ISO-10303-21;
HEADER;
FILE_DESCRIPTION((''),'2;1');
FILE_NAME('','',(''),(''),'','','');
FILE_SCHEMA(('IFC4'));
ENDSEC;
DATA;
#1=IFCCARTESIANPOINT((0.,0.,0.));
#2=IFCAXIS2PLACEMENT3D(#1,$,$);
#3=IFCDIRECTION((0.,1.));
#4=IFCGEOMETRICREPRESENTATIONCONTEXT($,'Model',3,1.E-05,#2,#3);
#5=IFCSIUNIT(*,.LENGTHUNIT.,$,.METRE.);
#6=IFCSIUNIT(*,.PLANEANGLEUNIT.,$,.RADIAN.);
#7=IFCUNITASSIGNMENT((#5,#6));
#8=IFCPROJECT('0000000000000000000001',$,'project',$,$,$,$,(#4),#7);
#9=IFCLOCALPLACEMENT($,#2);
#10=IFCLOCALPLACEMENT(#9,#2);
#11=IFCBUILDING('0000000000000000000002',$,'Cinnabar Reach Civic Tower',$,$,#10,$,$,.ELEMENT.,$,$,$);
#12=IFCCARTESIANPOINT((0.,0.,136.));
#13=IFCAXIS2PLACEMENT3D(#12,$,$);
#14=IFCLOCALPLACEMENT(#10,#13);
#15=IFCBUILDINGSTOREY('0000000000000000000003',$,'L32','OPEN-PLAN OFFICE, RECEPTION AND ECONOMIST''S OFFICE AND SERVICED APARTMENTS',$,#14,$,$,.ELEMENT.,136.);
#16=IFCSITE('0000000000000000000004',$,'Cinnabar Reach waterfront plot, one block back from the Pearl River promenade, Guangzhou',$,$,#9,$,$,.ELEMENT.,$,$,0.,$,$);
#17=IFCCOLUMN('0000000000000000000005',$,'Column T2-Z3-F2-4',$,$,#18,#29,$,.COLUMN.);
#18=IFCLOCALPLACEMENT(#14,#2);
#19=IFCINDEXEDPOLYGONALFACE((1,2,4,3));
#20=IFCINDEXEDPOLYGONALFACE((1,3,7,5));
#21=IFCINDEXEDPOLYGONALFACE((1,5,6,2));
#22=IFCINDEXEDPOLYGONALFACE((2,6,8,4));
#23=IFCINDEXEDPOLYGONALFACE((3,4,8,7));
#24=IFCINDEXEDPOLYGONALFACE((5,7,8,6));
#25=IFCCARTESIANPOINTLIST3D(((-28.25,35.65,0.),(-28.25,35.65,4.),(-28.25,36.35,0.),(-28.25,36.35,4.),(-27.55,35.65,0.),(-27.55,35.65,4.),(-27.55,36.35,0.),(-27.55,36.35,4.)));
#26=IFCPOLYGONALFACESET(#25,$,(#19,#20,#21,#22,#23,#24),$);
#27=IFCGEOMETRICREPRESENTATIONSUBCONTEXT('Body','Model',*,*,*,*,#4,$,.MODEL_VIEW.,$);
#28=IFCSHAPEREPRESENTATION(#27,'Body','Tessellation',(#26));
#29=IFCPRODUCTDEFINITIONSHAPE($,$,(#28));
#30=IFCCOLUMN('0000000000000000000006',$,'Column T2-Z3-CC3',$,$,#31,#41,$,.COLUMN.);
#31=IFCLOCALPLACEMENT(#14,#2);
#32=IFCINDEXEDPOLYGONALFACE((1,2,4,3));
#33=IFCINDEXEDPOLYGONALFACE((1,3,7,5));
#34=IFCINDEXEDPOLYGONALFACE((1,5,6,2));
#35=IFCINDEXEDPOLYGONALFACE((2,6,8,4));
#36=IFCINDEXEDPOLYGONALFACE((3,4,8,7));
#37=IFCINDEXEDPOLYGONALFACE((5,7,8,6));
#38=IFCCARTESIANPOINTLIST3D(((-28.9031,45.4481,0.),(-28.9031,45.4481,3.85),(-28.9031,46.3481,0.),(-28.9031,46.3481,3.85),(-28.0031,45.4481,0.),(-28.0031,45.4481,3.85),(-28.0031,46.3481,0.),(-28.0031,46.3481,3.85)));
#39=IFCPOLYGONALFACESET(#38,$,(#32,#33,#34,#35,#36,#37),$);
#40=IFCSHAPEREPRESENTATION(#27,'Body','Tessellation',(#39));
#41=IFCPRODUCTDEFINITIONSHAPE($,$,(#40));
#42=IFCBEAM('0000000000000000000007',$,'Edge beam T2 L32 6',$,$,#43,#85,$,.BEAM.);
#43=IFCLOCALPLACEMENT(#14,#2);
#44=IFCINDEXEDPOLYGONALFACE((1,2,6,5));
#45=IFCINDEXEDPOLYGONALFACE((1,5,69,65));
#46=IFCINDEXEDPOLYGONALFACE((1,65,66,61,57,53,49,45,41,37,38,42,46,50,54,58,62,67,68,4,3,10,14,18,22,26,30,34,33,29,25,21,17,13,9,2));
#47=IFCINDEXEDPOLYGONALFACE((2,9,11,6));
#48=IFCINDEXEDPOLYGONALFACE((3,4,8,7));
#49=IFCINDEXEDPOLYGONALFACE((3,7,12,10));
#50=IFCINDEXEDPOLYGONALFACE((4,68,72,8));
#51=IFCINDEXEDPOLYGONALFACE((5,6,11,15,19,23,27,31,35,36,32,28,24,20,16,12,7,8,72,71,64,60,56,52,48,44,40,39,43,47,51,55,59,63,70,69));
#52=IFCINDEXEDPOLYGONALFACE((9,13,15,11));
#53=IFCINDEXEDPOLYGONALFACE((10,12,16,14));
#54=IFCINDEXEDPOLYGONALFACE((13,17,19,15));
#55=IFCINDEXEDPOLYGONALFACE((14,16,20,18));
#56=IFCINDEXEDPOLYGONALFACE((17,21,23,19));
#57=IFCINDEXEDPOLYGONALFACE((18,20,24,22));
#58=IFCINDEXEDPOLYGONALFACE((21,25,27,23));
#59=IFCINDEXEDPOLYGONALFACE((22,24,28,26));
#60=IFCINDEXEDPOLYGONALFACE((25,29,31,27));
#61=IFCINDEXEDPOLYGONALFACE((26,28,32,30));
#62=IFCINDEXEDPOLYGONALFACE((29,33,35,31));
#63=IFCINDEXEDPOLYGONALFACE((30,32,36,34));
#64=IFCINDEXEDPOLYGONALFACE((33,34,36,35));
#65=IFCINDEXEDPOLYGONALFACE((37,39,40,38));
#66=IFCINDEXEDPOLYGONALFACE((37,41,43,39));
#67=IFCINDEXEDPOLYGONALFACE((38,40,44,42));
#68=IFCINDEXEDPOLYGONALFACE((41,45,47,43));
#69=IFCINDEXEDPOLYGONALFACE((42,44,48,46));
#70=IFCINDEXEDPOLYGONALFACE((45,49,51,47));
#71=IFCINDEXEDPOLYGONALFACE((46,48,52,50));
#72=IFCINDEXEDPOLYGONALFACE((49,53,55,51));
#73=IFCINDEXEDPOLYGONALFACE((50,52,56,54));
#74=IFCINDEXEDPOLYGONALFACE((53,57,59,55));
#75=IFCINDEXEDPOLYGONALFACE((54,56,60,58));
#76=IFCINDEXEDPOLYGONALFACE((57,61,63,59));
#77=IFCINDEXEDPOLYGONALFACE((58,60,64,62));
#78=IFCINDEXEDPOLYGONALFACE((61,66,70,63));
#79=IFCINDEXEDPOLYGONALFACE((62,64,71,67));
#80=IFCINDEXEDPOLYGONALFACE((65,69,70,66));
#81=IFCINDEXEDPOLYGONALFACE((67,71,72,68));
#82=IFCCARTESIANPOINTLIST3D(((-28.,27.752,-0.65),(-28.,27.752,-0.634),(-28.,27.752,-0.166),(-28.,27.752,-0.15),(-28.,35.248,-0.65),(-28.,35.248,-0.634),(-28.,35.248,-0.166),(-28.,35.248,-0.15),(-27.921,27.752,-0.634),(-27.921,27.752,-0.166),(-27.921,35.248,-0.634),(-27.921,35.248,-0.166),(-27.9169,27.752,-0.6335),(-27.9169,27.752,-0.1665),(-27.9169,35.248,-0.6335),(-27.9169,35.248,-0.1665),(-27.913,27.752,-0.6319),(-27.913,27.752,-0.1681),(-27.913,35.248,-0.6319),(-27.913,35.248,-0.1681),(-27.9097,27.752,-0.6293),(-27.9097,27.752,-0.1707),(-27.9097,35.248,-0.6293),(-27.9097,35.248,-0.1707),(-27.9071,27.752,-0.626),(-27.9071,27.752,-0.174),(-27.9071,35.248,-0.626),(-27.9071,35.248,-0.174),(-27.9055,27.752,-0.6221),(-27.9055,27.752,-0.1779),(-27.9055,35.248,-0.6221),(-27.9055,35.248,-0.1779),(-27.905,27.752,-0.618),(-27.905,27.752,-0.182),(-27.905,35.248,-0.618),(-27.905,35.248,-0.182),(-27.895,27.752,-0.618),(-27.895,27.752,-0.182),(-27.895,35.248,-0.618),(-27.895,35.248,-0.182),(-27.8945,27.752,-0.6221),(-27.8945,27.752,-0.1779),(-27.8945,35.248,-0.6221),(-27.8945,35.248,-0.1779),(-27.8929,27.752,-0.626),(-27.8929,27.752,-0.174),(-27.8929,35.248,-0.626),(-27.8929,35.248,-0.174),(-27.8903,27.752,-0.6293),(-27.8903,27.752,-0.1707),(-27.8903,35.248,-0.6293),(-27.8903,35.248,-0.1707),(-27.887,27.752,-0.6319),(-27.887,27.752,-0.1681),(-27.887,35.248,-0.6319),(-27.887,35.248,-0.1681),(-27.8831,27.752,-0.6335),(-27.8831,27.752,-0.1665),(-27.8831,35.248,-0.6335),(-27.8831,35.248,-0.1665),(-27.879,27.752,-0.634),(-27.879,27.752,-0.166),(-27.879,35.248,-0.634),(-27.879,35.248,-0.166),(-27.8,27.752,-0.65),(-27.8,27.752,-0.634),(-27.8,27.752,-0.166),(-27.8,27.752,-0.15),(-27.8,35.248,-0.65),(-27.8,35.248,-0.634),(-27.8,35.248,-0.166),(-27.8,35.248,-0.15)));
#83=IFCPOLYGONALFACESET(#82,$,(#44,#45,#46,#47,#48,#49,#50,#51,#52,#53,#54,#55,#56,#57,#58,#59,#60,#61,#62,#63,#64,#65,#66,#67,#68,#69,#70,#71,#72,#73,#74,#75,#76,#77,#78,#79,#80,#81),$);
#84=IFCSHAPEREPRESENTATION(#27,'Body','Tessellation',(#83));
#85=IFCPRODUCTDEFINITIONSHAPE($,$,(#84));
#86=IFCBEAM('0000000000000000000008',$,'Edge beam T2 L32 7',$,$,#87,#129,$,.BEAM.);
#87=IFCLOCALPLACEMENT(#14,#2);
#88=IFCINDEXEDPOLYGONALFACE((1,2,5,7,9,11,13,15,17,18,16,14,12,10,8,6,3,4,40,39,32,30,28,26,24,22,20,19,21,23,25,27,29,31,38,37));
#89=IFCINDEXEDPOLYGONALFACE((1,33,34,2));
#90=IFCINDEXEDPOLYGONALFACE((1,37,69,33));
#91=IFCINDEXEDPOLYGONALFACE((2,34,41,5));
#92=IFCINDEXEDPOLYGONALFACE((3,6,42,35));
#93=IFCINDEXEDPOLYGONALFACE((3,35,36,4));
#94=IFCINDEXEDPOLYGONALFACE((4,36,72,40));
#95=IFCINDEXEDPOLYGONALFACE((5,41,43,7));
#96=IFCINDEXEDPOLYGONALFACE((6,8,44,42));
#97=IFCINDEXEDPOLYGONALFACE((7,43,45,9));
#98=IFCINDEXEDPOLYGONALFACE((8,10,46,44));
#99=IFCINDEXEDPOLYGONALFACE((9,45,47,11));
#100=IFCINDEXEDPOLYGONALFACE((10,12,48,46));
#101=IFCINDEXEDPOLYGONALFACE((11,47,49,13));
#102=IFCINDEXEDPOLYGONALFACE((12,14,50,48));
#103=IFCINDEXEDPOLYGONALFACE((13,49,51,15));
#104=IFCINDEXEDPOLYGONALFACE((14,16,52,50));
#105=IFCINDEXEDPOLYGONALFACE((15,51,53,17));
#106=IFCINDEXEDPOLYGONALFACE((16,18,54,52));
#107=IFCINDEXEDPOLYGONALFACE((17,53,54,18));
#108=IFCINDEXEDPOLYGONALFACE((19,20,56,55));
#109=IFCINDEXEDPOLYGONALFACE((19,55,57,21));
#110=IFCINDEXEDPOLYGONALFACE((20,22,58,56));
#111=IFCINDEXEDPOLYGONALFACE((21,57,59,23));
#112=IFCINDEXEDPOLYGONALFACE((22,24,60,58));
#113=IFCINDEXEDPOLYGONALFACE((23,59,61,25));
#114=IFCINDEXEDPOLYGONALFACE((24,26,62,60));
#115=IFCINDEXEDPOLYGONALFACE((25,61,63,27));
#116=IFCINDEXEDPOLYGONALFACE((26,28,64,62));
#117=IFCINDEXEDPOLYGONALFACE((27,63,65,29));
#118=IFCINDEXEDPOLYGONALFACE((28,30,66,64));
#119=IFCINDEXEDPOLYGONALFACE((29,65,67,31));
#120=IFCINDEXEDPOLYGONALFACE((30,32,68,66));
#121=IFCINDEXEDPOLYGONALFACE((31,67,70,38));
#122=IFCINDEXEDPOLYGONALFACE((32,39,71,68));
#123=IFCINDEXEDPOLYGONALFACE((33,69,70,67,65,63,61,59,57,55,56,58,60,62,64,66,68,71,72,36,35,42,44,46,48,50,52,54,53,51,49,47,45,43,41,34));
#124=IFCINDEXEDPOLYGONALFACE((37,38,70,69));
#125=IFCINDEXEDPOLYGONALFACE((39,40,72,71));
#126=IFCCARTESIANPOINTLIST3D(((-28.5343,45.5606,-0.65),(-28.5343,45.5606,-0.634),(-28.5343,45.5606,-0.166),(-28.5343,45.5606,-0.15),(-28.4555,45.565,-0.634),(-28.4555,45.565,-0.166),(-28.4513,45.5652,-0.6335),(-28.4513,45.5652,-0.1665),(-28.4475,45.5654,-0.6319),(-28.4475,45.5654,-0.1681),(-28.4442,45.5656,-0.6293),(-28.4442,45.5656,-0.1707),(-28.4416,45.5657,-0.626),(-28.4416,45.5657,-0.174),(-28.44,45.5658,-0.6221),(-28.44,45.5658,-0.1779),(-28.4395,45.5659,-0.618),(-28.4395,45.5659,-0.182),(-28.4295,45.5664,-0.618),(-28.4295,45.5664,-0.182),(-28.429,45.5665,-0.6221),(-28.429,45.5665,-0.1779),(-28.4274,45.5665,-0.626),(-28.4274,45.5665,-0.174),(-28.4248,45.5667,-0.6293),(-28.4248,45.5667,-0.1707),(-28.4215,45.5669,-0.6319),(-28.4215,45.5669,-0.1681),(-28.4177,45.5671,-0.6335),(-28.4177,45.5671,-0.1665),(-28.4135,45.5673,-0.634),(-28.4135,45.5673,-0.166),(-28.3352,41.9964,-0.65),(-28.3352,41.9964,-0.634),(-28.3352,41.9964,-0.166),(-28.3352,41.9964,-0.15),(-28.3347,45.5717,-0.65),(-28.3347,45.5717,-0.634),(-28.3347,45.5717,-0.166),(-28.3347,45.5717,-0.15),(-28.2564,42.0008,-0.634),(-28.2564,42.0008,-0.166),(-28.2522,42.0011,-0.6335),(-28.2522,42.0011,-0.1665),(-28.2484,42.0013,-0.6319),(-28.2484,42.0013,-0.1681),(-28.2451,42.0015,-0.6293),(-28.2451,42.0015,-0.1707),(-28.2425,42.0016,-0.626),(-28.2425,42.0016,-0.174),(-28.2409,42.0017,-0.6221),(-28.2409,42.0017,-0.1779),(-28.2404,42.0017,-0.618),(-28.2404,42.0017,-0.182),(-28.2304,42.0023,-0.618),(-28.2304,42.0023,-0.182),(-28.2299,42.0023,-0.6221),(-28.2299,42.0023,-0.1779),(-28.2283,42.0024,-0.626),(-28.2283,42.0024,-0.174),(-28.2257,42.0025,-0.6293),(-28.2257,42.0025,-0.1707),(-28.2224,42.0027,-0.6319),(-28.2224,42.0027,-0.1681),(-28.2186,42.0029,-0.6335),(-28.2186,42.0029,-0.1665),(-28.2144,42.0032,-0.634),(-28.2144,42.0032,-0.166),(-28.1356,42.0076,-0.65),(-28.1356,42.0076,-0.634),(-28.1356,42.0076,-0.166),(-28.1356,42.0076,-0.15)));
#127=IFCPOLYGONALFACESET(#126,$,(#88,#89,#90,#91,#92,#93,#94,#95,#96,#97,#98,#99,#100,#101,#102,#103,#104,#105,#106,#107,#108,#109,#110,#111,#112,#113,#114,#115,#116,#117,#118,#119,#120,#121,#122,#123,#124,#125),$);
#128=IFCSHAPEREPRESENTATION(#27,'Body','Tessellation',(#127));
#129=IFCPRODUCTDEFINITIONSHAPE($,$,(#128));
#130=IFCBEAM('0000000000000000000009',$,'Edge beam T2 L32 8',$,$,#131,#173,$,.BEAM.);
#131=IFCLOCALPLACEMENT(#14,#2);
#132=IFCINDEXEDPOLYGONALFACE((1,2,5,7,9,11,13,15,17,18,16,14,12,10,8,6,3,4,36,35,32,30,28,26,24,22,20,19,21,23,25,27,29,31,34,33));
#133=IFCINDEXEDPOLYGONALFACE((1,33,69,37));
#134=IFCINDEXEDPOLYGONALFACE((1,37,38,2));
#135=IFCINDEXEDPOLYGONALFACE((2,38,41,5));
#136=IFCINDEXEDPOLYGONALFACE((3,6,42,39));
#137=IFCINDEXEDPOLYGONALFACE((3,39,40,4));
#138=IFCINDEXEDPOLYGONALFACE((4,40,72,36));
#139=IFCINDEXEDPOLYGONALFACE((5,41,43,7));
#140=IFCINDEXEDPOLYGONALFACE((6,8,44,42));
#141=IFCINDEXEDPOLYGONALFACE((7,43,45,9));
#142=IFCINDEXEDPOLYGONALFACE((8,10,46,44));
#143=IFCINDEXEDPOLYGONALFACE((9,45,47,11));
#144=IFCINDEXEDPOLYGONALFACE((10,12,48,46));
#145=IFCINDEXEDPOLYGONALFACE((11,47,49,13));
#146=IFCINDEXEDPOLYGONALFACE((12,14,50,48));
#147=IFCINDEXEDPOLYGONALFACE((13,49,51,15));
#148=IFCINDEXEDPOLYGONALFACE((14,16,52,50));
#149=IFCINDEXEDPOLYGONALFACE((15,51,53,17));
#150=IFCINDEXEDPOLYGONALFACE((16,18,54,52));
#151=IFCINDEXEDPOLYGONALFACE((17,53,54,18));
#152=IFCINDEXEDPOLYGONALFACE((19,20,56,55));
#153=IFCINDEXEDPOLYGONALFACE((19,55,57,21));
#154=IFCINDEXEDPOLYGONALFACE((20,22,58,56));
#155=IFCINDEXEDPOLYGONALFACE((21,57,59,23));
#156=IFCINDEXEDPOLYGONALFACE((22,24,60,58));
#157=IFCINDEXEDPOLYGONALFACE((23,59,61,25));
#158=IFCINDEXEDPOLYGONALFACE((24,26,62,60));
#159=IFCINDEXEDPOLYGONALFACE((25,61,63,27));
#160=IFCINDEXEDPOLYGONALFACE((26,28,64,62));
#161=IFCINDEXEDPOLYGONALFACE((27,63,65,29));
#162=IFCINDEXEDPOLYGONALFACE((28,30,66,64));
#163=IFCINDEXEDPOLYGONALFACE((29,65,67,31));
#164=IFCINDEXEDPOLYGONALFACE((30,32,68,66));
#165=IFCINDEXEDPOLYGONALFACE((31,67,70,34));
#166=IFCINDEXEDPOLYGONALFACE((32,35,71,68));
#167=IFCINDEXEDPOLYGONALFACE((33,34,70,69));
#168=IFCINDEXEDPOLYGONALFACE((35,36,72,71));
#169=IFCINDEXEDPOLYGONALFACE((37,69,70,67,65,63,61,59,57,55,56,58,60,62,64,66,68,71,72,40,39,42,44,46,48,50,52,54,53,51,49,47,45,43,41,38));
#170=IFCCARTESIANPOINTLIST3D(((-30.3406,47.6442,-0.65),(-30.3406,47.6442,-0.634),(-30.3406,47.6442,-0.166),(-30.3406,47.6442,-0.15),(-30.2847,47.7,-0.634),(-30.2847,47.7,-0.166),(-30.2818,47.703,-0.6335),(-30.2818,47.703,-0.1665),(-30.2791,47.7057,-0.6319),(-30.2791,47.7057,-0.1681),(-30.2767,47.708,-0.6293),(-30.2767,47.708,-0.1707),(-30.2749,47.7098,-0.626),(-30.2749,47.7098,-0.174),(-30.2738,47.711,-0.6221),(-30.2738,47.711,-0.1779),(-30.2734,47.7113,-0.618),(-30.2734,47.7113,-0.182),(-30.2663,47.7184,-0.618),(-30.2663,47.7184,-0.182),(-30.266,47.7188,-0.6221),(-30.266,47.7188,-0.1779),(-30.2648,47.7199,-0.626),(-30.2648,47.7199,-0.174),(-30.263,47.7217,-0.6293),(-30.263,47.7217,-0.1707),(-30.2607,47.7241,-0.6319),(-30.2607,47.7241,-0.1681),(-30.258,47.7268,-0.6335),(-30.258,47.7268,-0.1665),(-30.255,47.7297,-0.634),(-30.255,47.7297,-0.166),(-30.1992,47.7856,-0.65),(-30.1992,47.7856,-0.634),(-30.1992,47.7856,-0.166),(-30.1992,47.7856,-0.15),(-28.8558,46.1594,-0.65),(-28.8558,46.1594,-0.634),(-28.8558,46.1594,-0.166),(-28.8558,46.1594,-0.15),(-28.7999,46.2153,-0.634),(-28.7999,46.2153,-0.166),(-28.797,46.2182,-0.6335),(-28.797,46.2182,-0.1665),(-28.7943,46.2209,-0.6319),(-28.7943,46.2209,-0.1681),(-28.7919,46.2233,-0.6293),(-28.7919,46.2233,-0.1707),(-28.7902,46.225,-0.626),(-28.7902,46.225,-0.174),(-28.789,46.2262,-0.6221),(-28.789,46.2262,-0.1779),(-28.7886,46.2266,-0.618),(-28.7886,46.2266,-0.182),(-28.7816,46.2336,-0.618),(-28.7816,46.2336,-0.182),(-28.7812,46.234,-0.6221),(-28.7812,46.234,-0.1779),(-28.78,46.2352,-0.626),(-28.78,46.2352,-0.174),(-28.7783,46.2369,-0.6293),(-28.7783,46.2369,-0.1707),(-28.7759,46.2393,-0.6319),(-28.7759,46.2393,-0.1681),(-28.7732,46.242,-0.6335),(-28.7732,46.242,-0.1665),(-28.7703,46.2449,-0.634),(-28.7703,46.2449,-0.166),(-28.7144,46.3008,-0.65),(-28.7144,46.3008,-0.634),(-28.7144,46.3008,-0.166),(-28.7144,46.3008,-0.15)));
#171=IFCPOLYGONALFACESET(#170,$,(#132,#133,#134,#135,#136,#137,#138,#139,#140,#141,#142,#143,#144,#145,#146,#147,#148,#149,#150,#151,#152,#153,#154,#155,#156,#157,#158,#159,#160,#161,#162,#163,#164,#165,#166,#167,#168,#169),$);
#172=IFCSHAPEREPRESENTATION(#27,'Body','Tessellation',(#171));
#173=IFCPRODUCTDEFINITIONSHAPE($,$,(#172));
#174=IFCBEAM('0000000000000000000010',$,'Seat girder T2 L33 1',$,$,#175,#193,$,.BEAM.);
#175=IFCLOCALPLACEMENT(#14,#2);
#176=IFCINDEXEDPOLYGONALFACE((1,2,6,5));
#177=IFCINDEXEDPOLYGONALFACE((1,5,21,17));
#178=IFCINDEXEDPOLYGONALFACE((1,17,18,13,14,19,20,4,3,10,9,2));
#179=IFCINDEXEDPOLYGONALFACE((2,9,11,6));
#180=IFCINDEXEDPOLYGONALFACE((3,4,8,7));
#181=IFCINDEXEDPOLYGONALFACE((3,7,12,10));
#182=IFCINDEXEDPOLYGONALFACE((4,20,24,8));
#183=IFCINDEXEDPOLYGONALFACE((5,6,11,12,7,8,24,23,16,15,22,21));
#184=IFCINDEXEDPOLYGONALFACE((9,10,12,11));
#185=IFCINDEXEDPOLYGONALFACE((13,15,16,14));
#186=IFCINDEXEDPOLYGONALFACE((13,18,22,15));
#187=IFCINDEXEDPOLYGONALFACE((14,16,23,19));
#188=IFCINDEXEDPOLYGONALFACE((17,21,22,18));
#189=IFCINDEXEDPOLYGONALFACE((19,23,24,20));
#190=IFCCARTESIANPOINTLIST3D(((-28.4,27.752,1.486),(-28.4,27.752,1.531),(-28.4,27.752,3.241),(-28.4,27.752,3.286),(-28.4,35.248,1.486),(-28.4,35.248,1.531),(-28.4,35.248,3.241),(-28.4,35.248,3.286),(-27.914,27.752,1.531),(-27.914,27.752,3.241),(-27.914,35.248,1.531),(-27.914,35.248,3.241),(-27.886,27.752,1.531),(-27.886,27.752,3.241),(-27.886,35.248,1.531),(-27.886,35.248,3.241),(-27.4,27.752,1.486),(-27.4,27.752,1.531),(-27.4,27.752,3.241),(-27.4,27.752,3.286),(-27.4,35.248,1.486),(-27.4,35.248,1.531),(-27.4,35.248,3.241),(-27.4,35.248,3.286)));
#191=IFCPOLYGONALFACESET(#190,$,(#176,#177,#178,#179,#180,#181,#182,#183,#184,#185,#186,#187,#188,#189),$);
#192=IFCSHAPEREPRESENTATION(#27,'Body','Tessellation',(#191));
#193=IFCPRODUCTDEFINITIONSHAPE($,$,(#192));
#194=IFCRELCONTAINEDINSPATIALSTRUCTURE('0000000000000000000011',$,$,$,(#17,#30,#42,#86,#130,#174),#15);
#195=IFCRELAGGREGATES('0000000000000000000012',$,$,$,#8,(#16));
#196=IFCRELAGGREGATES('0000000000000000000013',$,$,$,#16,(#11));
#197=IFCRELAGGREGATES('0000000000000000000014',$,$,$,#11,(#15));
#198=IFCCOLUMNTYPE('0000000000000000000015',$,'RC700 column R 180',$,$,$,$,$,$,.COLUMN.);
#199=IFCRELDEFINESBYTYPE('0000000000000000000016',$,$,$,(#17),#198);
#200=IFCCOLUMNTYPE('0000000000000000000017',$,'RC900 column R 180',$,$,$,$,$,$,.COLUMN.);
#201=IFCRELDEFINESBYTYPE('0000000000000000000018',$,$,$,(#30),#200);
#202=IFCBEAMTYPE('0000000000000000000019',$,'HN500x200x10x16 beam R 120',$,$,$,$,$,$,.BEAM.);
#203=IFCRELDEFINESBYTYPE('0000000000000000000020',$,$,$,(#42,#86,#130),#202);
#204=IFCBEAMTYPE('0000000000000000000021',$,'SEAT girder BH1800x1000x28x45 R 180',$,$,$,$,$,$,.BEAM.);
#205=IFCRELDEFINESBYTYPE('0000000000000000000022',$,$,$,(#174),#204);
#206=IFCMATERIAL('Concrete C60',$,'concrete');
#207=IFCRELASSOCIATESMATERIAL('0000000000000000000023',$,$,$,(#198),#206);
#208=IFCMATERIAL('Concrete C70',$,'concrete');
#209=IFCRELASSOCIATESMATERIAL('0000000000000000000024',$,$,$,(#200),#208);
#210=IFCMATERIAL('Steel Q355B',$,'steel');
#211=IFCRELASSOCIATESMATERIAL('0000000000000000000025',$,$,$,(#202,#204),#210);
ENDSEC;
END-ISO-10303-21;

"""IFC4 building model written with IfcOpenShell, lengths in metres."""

from ifc_helpers import new_model, si_unit, direction, frame, origin, origin_2d, place, context, subcontext, project, spatial, rectangle, i_section, extrude, material, material_profile, profile_set, type_object, element, save


model = new_model("IFC4")

# Units and contexts
model_context = context("Model", 3, precision=1e-05, world=origin(), true_north=direction((0.0, 1.0)))
body_context = subcontext(model_context, "Body", "Model", "MODEL_VIEW")
ifc_project = project(units=[si_unit("LENGTHUNIT", "METRE"), si_unit("PLANEANGLEUNIT", "RADIAN")], contexts=[model_context])

# Site, building, storey
site_placement = place(None, origin())
site = spatial("IfcSite", under=ifc_project, at=site_placement, Name="Cinnabar Reach waterfront plot, one block back from the Pearl River promenade, Guangzhou", CompositionType="ELEMENT", RefElevation=0.0)
building_placement = place(site_placement, origin())
building = spatial("IfcBuilding", under=site, at=building_placement, Name="Cinnabar Reach Civic Tower", CompositionType="ELEMENT")
storey_placement = place(building_placement, frame((0.0, 0.0, 136.0)))
storey = spatial("IfcBuildingStorey", under=building, at=storey_placement, Name="L32", Description="OPEN-PLAN OFFICE, RECEPTION AND ECONOMIST'S OFFICE AND SERVICED APARTMENTS", CompositionType="ELEMENT", Elevation=136.0)

# Columns
ifc_material_1 = material(Name="Concrete C60", Category="concrete")
ifc_material_profile_1 = material_profile(ifc_material_1, rectangle(XDim=0.7, YDim=0.7, at=origin_2d()), Name="RC700")
ifc_profile_set_1 = profile_set([ifc_material_profile_1], Name="Concrete C60")
column_type_1 = type_object("IfcColumnType", Name="RC700 column R 180", PredefinedType="COLUMN", material=ifc_profile_set_1)
column_1_placement = place(storey_placement, frame((-27.9, 36.0, 0.0), z_axis=(0.0, 0.0, 1.0), x_axis=(1.0, 0.0, 0.0)))
element("IfcColumn", 1, at=column_1_placement, inside=storey, type_object=column_type_1, Name="Column T2-Z3-F2-4", PredefinedType="COLUMN", context=body_context, shape_type="SweptSolid", body=[
    extrude(rectangle(XDim=0.7, YDim=0.7, at=origin_2d()), origin(), (0.0, 0.0, 1.0), 4.0),
])
ifc_material_2 = material(Name="Concrete C70", Category="concrete")
ifc_material_profile_2 = material_profile(ifc_material_2, rectangle(XDim=0.9, YDim=0.9, at=origin_2d()), Name="RC900")
ifc_profile_set_2 = profile_set([ifc_material_profile_2], Name="Concrete C70")
column_type_2 = type_object("IfcColumnType", Name="RC900 column R 180", PredefinedType="COLUMN", material=ifc_profile_set_2)
column_2_placement = place(storey_placement, frame((-28.4531, 45.8981, 0.0), z_axis=(0.0, 0.0, 1.0), x_axis=(1.0, 0.0, 0.0)))
element("IfcColumn", 2, at=column_2_placement, inside=storey, type_object=column_type_2, Name="Column T2-Z3-CC3", PredefinedType="COLUMN", context=body_context, shape_type="SweptSolid", body=[
    extrude(rectangle(XDim=0.9, YDim=0.9, at=origin_2d()), origin(), (0.0, 0.0, 1.0), 3.85),
])

# Beams
ifc_material_3 = material(Name="Steel Q355B", Category="steel")
ifc_material_profile_3 = material_profile(ifc_material_3, i_section(OverallWidth=0.2, OverallDepth=0.5, WebThickness=0.01, FlangeThickness=0.016, FilletRadius=0.016, at=origin_2d()), Name="HN500x200x10x16")
ifc_profile_set_3 = profile_set([ifc_material_profile_3], Name="Steel Q355B")
beam_type_1 = type_object("IfcBeamType", Name="HN500x200x10x16 beam R 120", PredefinedType="BEAM", material=ifc_profile_set_3)
beam_1_placement = place(storey_placement, frame((-27.9, 27.752, -0.4), z_axis=(0.0, 1.0, 0.0), x_axis=(-1.0, 0.0, 0.0)))
element("IfcBeam", 3, at=beam_1_placement, inside=storey, type_object=beam_type_1, Name="Edge beam T2 L32 6", PredefinedType="BEAM", context=body_context, shape_type="SweptSolid", body=[
    extrude(i_section(OverallWidth=0.2, OverallDepth=0.5, WebThickness=0.01, FlangeThickness=0.016, FilletRadius=0.016, at=origin_2d()), origin(), (0.0, 0.0, 1.0), 7.496),
])
beam_2_placement = place(storey_placement, frame((-28.2354, 42.002, -0.4), z_axis=(-0.055776, 0.998443, 0.0), x_axis=(-0.998443, -0.055776, 0.0)))
element("IfcBeam", 4, at=beam_2_placement, inside=storey, type_object=beam_type_1, Name="Edge beam T2 L32 7", PredefinedType="BEAM", context=body_context, shape_type="SweptSolid", body=[
    extrude(i_section(OverallWidth=0.2, OverallDepth=0.5, WebThickness=0.01, FlangeThickness=0.016, FilletRadius=0.016, at=origin_2d()), origin(), (0.0, 0.0, 1.0), 3.5697),
])
beam_3_placement = place(storey_placement, frame((-28.7851, 46.2301, -0.4), z_axis=(-0.707107, 0.707107, 0.0), x_axis=(-0.707107, -0.707107, 0.0)))
element("IfcBeam", 5, at=beam_3_placement, inside=storey, type_object=beam_type_1, Name="Edge beam T2 L32 8", PredefinedType="BEAM", context=body_context, shape_type="SweptSolid", body=[
    extrude(i_section(OverallWidth=0.2, OverallDepth=0.5, WebThickness=0.01, FlangeThickness=0.016, FilletRadius=0.016, at=origin_2d()), origin(), (0.0, 0.0, 1.0), 2.0998),
])
ifc_material_profile_4 = material_profile(ifc_material_3, i_section(OverallWidth=1.0, OverallDepth=1.8, WebThickness=0.028, FlangeThickness=0.045, at=origin_2d()), Name="BH1800x1000x28x45")
ifc_profile_set_4 = profile_set([ifc_material_profile_4], Name="Steel Q355B")
beam_type_2 = type_object("IfcBeamType", Name="SEAT girder BH1800x1000x28x45 R 180", PredefinedType="BEAM", material=ifc_profile_set_4)
beam_4_placement = place(storey_placement, frame((-27.9, 27.752, 2.386), z_axis=(0.0, 1.0, 0.0), x_axis=(-1.0, 0.0, 0.0)))
element("IfcBeam", 6, at=beam_4_placement, inside=storey, type_object=beam_type_2, Name="Seat girder T2 L33 1", PredefinedType="BEAM", context=body_context, shape_type="SweptSolid", body=[
    extrude(i_section(OverallWidth=1.0, OverallDepth=1.8, WebThickness=0.028, FlangeThickness=0.045, at=origin_2d()), origin(), (0.0, 0.0, 1.0), 7.496),
])

save(model, "model.ifc")
